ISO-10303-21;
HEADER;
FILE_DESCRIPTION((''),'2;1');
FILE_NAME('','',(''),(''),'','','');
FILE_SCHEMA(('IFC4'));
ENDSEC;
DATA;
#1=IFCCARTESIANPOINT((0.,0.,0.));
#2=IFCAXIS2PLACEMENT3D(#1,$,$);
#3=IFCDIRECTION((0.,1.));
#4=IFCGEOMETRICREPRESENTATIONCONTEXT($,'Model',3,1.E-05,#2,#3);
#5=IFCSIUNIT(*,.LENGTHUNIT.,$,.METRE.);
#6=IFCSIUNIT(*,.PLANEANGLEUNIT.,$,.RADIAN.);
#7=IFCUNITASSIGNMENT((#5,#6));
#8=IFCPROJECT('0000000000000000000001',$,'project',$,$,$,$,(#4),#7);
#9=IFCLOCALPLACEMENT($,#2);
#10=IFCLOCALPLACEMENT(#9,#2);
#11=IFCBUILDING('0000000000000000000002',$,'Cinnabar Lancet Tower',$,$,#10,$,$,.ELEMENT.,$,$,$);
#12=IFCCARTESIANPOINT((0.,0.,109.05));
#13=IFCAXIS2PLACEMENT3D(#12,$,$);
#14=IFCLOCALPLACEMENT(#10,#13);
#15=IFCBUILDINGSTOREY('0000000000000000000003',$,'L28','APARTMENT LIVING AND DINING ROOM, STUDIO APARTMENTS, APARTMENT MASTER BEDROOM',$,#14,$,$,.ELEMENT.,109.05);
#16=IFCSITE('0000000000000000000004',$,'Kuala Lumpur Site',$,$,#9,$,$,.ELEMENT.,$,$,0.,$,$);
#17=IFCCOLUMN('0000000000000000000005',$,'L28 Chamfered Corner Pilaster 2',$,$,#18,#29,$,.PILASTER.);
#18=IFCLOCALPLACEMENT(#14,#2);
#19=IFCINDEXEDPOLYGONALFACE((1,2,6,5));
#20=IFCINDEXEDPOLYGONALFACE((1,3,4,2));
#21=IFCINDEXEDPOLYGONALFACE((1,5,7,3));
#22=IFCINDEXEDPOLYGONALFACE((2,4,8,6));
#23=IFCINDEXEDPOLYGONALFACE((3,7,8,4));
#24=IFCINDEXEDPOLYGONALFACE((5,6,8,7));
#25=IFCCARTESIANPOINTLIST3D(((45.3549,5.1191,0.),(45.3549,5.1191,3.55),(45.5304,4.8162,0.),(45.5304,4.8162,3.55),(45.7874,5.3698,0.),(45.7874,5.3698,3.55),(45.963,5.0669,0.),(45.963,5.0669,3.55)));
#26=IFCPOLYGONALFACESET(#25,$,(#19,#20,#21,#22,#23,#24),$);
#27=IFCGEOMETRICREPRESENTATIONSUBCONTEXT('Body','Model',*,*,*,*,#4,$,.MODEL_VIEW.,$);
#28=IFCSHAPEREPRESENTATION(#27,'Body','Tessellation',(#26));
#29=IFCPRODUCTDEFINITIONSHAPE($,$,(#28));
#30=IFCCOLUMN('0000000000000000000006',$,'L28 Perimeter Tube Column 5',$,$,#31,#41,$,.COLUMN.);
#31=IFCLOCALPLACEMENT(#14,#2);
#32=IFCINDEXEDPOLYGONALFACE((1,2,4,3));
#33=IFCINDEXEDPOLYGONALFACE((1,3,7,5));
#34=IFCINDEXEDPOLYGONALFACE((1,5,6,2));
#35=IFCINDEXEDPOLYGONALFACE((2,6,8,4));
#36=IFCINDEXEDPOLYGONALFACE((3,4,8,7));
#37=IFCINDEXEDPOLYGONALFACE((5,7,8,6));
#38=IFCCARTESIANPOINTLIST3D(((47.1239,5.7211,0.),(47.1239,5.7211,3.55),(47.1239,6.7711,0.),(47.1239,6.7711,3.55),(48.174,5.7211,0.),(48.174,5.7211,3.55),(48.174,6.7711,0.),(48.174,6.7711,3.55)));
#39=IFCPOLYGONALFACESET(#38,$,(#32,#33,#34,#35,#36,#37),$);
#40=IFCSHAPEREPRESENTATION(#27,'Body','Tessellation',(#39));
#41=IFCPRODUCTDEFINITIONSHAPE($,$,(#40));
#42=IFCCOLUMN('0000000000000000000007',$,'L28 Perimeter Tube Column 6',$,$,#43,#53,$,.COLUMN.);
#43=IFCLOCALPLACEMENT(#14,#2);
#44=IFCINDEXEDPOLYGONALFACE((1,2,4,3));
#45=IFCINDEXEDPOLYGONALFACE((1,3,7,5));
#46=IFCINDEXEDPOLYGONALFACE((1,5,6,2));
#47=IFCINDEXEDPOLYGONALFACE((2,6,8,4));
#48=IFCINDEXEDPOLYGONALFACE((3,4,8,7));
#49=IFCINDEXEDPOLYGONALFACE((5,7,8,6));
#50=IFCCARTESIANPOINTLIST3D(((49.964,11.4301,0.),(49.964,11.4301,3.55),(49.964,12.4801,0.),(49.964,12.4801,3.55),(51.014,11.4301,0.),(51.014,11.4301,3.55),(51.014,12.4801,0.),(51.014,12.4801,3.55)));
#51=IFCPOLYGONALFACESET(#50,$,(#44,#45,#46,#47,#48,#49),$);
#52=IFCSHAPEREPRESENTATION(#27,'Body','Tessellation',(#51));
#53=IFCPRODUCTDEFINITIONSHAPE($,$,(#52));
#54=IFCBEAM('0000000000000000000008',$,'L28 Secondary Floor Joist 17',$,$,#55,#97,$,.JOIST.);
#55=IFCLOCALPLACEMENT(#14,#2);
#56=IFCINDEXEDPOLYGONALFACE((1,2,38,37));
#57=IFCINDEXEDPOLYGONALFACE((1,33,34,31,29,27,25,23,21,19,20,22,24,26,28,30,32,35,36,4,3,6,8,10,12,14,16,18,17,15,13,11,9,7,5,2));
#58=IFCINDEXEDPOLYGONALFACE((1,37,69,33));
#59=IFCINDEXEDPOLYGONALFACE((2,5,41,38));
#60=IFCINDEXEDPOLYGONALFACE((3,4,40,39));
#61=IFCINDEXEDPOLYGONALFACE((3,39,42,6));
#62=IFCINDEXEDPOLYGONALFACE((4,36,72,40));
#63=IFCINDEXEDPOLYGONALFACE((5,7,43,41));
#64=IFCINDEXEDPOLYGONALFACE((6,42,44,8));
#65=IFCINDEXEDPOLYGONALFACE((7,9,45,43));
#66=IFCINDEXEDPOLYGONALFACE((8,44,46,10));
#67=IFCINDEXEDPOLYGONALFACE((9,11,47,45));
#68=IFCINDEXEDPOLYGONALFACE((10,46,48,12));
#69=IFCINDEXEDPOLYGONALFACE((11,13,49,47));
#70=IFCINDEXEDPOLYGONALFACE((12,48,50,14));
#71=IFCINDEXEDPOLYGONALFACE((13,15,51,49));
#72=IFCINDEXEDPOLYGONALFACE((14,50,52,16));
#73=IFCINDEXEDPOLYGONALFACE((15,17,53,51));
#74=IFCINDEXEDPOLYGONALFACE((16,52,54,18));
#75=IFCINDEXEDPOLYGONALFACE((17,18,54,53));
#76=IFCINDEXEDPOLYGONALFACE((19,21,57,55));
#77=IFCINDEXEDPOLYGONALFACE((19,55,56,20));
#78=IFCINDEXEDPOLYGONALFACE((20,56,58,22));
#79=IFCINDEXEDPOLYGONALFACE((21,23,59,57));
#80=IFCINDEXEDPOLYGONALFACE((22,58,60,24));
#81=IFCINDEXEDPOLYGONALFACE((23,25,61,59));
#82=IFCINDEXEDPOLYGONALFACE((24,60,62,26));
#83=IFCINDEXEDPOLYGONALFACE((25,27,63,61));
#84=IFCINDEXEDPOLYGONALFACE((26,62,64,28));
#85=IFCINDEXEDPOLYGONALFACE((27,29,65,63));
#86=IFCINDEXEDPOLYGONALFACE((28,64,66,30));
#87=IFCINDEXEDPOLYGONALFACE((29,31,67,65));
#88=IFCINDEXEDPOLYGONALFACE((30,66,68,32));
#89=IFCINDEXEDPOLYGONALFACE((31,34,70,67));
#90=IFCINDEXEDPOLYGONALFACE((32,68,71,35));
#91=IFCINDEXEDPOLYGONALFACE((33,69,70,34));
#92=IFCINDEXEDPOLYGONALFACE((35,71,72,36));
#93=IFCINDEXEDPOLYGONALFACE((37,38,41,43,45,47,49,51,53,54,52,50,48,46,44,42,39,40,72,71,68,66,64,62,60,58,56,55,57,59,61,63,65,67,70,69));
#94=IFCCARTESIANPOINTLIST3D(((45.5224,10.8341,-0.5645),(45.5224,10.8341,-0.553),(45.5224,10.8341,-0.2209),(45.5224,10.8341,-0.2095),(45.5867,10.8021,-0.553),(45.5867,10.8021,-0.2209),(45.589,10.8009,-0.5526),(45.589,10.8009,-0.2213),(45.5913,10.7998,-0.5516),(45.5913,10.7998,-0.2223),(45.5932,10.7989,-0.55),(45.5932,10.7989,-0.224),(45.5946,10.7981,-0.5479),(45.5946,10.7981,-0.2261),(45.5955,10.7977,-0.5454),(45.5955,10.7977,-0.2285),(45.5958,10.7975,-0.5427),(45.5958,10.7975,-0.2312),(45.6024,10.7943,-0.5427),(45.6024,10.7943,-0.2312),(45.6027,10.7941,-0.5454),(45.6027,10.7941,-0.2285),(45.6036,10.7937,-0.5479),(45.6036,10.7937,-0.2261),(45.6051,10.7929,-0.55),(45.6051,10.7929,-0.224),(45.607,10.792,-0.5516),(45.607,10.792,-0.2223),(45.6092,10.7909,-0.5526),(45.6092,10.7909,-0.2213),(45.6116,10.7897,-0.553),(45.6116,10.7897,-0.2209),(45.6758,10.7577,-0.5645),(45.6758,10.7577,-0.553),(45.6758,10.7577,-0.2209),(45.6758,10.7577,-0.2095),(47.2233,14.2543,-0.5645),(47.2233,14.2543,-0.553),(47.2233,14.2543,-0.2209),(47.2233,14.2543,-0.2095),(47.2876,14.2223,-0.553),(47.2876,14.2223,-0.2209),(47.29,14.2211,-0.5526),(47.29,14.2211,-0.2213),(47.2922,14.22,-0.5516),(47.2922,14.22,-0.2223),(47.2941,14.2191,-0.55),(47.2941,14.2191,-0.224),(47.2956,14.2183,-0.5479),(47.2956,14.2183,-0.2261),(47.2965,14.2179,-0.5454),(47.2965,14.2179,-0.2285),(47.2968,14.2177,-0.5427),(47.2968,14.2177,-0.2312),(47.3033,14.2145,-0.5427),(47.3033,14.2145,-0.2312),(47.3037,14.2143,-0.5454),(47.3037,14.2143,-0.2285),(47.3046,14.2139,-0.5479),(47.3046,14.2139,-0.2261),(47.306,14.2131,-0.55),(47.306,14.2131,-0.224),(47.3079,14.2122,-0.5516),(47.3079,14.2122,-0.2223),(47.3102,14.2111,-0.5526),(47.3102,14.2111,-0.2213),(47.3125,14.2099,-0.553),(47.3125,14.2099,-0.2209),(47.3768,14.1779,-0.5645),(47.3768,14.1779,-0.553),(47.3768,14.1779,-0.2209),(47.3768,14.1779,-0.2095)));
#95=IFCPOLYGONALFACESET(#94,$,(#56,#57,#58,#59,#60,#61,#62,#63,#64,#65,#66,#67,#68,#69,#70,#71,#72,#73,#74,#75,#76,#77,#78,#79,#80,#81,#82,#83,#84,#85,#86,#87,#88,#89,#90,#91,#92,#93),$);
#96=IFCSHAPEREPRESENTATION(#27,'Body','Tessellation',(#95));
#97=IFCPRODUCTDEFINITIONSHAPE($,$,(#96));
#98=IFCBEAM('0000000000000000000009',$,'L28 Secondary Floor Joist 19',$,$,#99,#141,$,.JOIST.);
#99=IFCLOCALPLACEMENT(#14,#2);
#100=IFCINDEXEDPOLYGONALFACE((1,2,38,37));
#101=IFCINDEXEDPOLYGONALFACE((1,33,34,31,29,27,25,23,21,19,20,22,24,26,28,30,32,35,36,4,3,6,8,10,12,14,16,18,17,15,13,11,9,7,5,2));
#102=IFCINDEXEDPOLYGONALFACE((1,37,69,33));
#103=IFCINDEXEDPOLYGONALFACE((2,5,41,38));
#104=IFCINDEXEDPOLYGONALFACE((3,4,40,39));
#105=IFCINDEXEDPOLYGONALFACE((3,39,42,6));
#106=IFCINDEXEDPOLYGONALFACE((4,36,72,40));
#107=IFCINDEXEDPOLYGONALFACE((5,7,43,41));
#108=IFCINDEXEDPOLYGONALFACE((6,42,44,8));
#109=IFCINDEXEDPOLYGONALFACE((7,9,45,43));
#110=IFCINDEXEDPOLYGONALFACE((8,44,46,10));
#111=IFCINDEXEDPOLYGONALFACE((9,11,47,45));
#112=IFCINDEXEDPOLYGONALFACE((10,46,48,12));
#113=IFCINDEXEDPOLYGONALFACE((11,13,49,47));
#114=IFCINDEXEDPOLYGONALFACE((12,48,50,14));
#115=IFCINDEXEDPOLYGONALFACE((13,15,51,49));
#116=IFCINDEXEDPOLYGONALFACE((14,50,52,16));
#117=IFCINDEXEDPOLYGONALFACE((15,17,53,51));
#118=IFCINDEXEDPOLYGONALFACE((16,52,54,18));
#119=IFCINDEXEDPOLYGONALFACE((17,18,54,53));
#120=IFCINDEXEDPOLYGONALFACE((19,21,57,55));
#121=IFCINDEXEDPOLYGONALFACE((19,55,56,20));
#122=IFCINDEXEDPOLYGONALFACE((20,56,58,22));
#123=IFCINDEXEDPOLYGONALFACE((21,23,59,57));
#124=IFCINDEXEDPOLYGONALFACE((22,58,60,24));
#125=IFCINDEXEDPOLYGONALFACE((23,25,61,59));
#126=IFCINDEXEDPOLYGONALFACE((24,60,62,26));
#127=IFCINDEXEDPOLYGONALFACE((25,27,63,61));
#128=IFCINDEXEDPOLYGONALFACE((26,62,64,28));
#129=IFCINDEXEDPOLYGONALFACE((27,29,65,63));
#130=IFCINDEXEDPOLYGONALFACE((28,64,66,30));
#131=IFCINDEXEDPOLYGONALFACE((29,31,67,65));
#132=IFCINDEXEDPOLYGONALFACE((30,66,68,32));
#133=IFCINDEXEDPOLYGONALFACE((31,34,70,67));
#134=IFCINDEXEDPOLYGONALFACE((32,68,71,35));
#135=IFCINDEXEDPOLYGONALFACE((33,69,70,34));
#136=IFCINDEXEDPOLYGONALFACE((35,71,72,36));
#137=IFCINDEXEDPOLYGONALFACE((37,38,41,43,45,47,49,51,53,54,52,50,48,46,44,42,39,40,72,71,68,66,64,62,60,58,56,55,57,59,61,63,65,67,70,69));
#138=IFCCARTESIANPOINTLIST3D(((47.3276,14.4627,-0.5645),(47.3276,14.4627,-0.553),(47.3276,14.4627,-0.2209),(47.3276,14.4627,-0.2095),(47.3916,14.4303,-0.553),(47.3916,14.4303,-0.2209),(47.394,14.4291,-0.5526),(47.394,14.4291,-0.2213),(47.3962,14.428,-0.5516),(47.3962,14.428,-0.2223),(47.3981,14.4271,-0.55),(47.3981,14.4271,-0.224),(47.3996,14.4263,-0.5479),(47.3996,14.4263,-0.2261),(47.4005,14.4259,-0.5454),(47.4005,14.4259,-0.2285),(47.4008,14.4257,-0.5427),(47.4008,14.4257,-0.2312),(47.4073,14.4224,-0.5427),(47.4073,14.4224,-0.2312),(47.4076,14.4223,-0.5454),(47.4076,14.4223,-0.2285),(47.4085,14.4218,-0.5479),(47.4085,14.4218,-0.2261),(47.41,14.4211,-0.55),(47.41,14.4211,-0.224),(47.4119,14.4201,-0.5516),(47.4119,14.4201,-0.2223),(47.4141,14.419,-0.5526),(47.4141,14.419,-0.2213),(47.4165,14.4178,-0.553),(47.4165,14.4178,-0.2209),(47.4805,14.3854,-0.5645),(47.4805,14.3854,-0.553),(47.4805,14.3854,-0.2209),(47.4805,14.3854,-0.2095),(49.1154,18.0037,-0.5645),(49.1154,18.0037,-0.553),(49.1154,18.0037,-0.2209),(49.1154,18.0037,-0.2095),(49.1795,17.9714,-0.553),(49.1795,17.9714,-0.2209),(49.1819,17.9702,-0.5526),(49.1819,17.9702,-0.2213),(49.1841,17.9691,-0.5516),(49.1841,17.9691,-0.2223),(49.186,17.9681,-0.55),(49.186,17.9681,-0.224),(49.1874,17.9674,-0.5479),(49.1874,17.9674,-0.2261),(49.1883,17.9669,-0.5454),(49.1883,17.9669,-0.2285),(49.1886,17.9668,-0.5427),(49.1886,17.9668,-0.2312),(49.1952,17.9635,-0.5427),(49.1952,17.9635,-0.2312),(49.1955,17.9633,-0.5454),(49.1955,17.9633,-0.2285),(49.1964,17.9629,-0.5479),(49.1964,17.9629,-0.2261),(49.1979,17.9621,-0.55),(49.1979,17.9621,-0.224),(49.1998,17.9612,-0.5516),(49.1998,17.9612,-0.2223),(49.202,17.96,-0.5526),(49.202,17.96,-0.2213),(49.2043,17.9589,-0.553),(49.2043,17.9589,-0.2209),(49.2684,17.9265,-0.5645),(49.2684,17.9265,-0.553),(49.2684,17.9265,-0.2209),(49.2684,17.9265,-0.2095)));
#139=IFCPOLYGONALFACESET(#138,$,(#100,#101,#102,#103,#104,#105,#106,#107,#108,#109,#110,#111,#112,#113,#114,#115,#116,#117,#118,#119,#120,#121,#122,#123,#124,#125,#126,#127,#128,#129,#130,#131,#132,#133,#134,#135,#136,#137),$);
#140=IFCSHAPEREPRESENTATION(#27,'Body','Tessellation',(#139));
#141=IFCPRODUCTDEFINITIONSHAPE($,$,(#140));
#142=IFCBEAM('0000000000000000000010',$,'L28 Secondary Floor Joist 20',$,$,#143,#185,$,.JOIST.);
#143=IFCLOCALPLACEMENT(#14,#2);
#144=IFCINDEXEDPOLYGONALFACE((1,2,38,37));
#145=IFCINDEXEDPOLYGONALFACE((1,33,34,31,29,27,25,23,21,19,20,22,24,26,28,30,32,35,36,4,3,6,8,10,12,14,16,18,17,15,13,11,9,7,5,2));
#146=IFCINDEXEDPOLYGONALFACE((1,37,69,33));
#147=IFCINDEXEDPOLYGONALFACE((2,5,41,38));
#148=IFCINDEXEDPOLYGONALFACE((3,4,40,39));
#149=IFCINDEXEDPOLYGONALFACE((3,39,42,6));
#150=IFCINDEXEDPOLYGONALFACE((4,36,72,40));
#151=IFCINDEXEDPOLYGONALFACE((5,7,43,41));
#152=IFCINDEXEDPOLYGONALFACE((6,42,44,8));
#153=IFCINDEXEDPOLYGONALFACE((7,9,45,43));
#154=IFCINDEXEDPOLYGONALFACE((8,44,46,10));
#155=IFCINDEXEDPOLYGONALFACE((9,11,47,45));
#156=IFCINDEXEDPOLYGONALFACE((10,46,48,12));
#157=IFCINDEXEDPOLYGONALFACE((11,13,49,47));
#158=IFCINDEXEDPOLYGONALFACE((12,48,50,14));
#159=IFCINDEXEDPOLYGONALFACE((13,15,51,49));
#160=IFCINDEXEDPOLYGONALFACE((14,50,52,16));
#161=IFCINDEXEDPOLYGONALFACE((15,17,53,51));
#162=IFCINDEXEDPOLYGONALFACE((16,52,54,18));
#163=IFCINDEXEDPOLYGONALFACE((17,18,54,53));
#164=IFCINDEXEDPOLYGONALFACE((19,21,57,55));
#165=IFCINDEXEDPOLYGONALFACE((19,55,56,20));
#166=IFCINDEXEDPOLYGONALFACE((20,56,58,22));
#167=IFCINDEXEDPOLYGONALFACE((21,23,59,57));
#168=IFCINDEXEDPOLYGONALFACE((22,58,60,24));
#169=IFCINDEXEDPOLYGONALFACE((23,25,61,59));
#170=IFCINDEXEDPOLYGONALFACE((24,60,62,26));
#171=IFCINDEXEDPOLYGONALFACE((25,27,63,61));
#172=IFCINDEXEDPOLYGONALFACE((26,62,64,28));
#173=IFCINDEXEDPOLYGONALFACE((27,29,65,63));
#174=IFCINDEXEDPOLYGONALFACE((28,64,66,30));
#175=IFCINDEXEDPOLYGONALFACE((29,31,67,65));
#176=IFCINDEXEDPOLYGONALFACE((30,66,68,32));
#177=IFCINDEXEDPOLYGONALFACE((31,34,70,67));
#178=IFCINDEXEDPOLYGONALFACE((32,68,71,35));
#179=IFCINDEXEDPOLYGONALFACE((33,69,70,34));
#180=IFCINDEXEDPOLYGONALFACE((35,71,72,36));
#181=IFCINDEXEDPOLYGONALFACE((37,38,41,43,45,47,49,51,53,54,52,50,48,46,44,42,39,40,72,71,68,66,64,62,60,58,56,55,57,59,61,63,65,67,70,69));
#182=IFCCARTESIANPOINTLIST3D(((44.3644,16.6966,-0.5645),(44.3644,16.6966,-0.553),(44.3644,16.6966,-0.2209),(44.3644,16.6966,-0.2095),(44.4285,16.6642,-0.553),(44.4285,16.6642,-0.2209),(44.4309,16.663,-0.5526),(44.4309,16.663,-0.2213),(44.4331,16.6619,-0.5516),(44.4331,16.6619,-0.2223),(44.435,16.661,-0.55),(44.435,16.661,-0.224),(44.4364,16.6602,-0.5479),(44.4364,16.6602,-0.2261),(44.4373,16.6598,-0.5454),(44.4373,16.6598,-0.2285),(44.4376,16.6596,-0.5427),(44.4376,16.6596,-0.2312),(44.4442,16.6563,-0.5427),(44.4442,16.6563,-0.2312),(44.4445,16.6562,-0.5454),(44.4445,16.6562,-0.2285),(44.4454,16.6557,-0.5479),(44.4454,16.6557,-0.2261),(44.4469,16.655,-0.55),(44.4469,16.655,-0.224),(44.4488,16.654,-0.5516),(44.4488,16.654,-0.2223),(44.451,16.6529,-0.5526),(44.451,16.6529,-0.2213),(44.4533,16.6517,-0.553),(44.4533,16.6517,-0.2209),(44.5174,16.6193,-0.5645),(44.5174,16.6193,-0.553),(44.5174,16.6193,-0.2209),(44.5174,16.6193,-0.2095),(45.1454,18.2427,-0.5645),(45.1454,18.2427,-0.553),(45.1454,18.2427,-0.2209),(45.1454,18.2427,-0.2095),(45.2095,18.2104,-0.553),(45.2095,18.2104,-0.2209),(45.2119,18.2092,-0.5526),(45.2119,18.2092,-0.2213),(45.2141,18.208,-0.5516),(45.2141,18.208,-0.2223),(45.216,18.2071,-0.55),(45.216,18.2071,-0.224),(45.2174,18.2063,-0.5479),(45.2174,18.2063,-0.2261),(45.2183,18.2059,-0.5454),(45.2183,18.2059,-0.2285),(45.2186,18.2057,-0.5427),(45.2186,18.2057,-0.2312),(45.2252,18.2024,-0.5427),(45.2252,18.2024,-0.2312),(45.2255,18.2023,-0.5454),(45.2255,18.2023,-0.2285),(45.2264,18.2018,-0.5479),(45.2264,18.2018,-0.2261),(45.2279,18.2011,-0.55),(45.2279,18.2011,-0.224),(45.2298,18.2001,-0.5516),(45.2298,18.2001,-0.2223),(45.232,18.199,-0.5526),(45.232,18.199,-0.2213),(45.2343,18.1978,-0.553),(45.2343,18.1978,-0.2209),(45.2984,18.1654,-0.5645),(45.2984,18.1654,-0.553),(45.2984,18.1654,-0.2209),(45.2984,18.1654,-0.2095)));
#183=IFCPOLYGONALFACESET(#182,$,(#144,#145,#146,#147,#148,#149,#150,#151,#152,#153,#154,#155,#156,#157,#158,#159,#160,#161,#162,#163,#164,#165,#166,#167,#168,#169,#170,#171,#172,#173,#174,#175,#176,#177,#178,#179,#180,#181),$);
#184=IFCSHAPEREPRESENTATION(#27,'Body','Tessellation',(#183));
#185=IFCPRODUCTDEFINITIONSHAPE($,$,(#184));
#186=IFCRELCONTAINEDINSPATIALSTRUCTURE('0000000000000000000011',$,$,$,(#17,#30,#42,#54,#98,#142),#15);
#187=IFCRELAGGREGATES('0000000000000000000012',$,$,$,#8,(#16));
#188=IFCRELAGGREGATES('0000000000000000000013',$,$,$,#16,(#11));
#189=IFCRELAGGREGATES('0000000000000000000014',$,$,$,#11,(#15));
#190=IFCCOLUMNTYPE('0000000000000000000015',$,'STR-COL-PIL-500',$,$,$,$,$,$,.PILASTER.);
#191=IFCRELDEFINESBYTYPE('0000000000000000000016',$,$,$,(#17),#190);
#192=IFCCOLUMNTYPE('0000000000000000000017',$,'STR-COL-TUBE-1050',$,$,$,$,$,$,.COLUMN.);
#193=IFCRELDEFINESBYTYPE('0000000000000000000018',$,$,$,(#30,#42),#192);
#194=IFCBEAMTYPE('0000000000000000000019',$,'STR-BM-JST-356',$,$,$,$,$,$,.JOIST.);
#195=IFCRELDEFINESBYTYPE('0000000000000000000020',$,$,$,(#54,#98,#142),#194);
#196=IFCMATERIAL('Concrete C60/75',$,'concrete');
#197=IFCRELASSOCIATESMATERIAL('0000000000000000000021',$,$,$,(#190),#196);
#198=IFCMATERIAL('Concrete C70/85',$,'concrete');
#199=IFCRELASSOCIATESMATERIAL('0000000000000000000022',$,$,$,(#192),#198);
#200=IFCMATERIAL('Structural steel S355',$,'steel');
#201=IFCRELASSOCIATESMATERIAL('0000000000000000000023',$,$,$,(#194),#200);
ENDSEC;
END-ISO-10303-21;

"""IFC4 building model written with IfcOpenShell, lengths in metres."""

from ifc_helpers import new_model, si_unit, direction, frame, origin, origin_2d, place, context, subcontext, project, spatial, rectangle, i_section, extrude, material, material_profile, profile_set, type_object, element, save


model = new_model("IFC4")

# Units and contexts
model_context = context("Model", 3, precision=1e-05, world=origin(), true_north=direction((0.0, 1.0)))
body_context = subcontext(model_context, "Body", "Model", "MODEL_VIEW")
ifc_project = project(units=[si_unit("LENGTHUNIT", "METRE"), si_unit("PLANEANGLEUNIT", "RADIAN")], contexts=[model_context])

# Site, building, storey
site_placement = place(None, origin())
site = spatial("IfcSite", under=ifc_project, at=site_placement, Name="Kuala Lumpur Site", CompositionType="ELEMENT", RefElevation=0.0)
building_placement = place(site_placement, origin())
building = spatial("IfcBuilding", under=site, at=building_placement, Name="Cinnabar Lancet Tower", CompositionType="ELEMENT")
storey_placement = place(building_placement, frame((0.0, 0.0, 109.05)))
storey = spatial("IfcBuildingStorey", under=building, at=storey_placement, Name="L28", Description="APARTMENT LIVING AND DINING ROOM, STUDIO APARTMENTS, APARTMENT MASTER BEDROOM", CompositionType="ELEMENT", Elevation=109.05)

# Columns
ifc_material_1 = material(Name="Concrete C60/75", Category="concrete")
ifc_material_profile_1 = material_profile(ifc_material_1, rectangle(XDim=0.5, YDim=0.3501, at=origin_2d()), Name="RC-PIL 500x350")
ifc_profile_set_1 = profile_set([ifc_material_profile_1], Name="Concrete C60/75")
column_type_1 = type_object("IfcColumnType", Name="STR-COL-PIL-500", PredefinedType="PILASTER", material=ifc_profile_set_1)
column_placement = place(storey_placement, frame((45.6589, 5.093, 0.0), z_axis=(0.0, 0.0, 1.0), x_axis=(0.86516, 0.501496, 0.0)))
element("IfcColumn", 1, at=column_placement, inside=storey, type_object=column_type_1, Name="L28 Chamfered Corner Pilaster 2", PredefinedType="PILASTER", context=body_context, shape_type="SweptSolid", body=[
    extrude(rectangle(XDim=0.5, YDim=0.3501, at=origin_2d()), origin(), (0.0, 0.0, 1.0), 3.55),
])
ifc_material_2 = material(Name="Concrete C70/85", Category="concrete")
ifc_material_profile_2 = material_profile(ifc_material_2, rectangle(XDim=1.05, YDim=1.05, at=origin_2d()), Name="RC-COL 1050x1050")
ifc_profile_set_2 = profile_set([ifc_material_profile_2], Name="Concrete C70/85")
column_type_2 = type_object("IfcColumnType", Name="STR-COL-TUBE-1050", PredefinedType="COLUMN", material=ifc_profile_set_2)
for number, where, z_axis, x_axis, name in (
    (2, (47.6489, 6.2461, 0.0), (0.0, 0.0, 1.0), (1.0, 0.0, 0.0), "L28 Perimeter Tube Column 5"),
    (3, (50.489, 11.9551, 0.0), (0.0, 0.0, 1.0), (1.0, 0.0, 0.0), "L28 Perimeter Tube Column 6"),
):
    element("IfcColumn", number, at=place(storey_placement, frame(where, z_axis=z_axis, x_axis=x_axis)), inside=storey, type_object=column_type_2, Name=name, PredefinedType="COLUMN", context=body_context, shape_type="SweptSolid", body=[
        extrude(rectangle(XDim=1.05, YDim=1.05, at=origin_2d()), origin(), (0.0, 0.0, 1.0), 3.55),
    ])

# Beams
ifc_material_3 = material(Name="Structural steel S355", Category="steel")
ifc_material_profile_3 = material_profile(ifc_material_3, i_section(OverallWidth=0.1714, OverallDepth=0.355, WebThickness=0.0073, FlangeThickness=0.0115, FilletRadius=0.0103, at=origin_2d()), Name="UKB 356x171x51")
ifc_profile_set_3 = profile_set([ifc_material_profile_3], Name="Structural steel S355")
beam_type_1 = type_object("IfcBeamType", Name="STR-BM-JST-356", PredefinedType="JOIST", material=ifc_profile_set_3)
beam_1_placement = place(storey_placement, frame((45.5991, 10.7959, -0.387), z_axis=(0.445295, 0.895384, 0.0), x_axis=(-0.895384, 0.445295, 0.0)))
element("IfcBeam", 4, at=beam_1_placement, inside=storey, type_object=beam_type_1, Name="L28 Secondary Floor Joist 17", PredefinedType="JOIST", context=body_context, shape_type="SweptSolid", body=[
    extrude(i_section(OverallWidth=0.1714, OverallDepth=0.355, WebThickness=0.0073, FlangeThickness=0.0115, FilletRadius=0.0103, at=origin_2d()), origin(), (0.0, 0.0, 1.0), 3.8198),
])
beam_2_placement = place(storey_placement, frame((47.4041, 14.4241, -0.387), z_axis=(0.450706, 0.892672, 0.0), x_axis=(-0.892672, 0.450706, 0.0)))
element("IfcBeam", 5, at=beam_2_placement, inside=storey, type_object=beam_type_1, Name="L28 Secondary Floor Joist 19", PredefinedType="JOIST", context=body_context, shape_type="SweptSolid", body=[
    extrude(i_section(OverallWidth=0.1714, OverallDepth=0.355, WebThickness=0.0073, FlangeThickness=0.0115, FilletRadius=0.0103, at=origin_2d()), origin(), (0.0, 0.0, 1.0), 3.9668),
])
beam_3_placement = place(storey_placement, frame((44.4409, 16.658, -0.387), z_axis=(0.450874, 0.892587, 0.0), x_axis=(-0.892587, 0.450874, 0.0)))
element("IfcBeam", 6, at=beam_3_placement, inside=storey, type_object=beam_type_1, Name="L28 Secondary Floor Joist 20", PredefinedType="JOIST", context=body_context, shape_type="SweptSolid", body=[
    extrude(i_section(OverallWidth=0.1714, OverallDepth=0.355, WebThickness=0.0073, FlangeThickness=0.0115, FilletRadius=0.0103, at=origin_2d()), origin(), (0.0, 0.0, 1.0), 1.7322),
])

save(model, "model.ifc")
